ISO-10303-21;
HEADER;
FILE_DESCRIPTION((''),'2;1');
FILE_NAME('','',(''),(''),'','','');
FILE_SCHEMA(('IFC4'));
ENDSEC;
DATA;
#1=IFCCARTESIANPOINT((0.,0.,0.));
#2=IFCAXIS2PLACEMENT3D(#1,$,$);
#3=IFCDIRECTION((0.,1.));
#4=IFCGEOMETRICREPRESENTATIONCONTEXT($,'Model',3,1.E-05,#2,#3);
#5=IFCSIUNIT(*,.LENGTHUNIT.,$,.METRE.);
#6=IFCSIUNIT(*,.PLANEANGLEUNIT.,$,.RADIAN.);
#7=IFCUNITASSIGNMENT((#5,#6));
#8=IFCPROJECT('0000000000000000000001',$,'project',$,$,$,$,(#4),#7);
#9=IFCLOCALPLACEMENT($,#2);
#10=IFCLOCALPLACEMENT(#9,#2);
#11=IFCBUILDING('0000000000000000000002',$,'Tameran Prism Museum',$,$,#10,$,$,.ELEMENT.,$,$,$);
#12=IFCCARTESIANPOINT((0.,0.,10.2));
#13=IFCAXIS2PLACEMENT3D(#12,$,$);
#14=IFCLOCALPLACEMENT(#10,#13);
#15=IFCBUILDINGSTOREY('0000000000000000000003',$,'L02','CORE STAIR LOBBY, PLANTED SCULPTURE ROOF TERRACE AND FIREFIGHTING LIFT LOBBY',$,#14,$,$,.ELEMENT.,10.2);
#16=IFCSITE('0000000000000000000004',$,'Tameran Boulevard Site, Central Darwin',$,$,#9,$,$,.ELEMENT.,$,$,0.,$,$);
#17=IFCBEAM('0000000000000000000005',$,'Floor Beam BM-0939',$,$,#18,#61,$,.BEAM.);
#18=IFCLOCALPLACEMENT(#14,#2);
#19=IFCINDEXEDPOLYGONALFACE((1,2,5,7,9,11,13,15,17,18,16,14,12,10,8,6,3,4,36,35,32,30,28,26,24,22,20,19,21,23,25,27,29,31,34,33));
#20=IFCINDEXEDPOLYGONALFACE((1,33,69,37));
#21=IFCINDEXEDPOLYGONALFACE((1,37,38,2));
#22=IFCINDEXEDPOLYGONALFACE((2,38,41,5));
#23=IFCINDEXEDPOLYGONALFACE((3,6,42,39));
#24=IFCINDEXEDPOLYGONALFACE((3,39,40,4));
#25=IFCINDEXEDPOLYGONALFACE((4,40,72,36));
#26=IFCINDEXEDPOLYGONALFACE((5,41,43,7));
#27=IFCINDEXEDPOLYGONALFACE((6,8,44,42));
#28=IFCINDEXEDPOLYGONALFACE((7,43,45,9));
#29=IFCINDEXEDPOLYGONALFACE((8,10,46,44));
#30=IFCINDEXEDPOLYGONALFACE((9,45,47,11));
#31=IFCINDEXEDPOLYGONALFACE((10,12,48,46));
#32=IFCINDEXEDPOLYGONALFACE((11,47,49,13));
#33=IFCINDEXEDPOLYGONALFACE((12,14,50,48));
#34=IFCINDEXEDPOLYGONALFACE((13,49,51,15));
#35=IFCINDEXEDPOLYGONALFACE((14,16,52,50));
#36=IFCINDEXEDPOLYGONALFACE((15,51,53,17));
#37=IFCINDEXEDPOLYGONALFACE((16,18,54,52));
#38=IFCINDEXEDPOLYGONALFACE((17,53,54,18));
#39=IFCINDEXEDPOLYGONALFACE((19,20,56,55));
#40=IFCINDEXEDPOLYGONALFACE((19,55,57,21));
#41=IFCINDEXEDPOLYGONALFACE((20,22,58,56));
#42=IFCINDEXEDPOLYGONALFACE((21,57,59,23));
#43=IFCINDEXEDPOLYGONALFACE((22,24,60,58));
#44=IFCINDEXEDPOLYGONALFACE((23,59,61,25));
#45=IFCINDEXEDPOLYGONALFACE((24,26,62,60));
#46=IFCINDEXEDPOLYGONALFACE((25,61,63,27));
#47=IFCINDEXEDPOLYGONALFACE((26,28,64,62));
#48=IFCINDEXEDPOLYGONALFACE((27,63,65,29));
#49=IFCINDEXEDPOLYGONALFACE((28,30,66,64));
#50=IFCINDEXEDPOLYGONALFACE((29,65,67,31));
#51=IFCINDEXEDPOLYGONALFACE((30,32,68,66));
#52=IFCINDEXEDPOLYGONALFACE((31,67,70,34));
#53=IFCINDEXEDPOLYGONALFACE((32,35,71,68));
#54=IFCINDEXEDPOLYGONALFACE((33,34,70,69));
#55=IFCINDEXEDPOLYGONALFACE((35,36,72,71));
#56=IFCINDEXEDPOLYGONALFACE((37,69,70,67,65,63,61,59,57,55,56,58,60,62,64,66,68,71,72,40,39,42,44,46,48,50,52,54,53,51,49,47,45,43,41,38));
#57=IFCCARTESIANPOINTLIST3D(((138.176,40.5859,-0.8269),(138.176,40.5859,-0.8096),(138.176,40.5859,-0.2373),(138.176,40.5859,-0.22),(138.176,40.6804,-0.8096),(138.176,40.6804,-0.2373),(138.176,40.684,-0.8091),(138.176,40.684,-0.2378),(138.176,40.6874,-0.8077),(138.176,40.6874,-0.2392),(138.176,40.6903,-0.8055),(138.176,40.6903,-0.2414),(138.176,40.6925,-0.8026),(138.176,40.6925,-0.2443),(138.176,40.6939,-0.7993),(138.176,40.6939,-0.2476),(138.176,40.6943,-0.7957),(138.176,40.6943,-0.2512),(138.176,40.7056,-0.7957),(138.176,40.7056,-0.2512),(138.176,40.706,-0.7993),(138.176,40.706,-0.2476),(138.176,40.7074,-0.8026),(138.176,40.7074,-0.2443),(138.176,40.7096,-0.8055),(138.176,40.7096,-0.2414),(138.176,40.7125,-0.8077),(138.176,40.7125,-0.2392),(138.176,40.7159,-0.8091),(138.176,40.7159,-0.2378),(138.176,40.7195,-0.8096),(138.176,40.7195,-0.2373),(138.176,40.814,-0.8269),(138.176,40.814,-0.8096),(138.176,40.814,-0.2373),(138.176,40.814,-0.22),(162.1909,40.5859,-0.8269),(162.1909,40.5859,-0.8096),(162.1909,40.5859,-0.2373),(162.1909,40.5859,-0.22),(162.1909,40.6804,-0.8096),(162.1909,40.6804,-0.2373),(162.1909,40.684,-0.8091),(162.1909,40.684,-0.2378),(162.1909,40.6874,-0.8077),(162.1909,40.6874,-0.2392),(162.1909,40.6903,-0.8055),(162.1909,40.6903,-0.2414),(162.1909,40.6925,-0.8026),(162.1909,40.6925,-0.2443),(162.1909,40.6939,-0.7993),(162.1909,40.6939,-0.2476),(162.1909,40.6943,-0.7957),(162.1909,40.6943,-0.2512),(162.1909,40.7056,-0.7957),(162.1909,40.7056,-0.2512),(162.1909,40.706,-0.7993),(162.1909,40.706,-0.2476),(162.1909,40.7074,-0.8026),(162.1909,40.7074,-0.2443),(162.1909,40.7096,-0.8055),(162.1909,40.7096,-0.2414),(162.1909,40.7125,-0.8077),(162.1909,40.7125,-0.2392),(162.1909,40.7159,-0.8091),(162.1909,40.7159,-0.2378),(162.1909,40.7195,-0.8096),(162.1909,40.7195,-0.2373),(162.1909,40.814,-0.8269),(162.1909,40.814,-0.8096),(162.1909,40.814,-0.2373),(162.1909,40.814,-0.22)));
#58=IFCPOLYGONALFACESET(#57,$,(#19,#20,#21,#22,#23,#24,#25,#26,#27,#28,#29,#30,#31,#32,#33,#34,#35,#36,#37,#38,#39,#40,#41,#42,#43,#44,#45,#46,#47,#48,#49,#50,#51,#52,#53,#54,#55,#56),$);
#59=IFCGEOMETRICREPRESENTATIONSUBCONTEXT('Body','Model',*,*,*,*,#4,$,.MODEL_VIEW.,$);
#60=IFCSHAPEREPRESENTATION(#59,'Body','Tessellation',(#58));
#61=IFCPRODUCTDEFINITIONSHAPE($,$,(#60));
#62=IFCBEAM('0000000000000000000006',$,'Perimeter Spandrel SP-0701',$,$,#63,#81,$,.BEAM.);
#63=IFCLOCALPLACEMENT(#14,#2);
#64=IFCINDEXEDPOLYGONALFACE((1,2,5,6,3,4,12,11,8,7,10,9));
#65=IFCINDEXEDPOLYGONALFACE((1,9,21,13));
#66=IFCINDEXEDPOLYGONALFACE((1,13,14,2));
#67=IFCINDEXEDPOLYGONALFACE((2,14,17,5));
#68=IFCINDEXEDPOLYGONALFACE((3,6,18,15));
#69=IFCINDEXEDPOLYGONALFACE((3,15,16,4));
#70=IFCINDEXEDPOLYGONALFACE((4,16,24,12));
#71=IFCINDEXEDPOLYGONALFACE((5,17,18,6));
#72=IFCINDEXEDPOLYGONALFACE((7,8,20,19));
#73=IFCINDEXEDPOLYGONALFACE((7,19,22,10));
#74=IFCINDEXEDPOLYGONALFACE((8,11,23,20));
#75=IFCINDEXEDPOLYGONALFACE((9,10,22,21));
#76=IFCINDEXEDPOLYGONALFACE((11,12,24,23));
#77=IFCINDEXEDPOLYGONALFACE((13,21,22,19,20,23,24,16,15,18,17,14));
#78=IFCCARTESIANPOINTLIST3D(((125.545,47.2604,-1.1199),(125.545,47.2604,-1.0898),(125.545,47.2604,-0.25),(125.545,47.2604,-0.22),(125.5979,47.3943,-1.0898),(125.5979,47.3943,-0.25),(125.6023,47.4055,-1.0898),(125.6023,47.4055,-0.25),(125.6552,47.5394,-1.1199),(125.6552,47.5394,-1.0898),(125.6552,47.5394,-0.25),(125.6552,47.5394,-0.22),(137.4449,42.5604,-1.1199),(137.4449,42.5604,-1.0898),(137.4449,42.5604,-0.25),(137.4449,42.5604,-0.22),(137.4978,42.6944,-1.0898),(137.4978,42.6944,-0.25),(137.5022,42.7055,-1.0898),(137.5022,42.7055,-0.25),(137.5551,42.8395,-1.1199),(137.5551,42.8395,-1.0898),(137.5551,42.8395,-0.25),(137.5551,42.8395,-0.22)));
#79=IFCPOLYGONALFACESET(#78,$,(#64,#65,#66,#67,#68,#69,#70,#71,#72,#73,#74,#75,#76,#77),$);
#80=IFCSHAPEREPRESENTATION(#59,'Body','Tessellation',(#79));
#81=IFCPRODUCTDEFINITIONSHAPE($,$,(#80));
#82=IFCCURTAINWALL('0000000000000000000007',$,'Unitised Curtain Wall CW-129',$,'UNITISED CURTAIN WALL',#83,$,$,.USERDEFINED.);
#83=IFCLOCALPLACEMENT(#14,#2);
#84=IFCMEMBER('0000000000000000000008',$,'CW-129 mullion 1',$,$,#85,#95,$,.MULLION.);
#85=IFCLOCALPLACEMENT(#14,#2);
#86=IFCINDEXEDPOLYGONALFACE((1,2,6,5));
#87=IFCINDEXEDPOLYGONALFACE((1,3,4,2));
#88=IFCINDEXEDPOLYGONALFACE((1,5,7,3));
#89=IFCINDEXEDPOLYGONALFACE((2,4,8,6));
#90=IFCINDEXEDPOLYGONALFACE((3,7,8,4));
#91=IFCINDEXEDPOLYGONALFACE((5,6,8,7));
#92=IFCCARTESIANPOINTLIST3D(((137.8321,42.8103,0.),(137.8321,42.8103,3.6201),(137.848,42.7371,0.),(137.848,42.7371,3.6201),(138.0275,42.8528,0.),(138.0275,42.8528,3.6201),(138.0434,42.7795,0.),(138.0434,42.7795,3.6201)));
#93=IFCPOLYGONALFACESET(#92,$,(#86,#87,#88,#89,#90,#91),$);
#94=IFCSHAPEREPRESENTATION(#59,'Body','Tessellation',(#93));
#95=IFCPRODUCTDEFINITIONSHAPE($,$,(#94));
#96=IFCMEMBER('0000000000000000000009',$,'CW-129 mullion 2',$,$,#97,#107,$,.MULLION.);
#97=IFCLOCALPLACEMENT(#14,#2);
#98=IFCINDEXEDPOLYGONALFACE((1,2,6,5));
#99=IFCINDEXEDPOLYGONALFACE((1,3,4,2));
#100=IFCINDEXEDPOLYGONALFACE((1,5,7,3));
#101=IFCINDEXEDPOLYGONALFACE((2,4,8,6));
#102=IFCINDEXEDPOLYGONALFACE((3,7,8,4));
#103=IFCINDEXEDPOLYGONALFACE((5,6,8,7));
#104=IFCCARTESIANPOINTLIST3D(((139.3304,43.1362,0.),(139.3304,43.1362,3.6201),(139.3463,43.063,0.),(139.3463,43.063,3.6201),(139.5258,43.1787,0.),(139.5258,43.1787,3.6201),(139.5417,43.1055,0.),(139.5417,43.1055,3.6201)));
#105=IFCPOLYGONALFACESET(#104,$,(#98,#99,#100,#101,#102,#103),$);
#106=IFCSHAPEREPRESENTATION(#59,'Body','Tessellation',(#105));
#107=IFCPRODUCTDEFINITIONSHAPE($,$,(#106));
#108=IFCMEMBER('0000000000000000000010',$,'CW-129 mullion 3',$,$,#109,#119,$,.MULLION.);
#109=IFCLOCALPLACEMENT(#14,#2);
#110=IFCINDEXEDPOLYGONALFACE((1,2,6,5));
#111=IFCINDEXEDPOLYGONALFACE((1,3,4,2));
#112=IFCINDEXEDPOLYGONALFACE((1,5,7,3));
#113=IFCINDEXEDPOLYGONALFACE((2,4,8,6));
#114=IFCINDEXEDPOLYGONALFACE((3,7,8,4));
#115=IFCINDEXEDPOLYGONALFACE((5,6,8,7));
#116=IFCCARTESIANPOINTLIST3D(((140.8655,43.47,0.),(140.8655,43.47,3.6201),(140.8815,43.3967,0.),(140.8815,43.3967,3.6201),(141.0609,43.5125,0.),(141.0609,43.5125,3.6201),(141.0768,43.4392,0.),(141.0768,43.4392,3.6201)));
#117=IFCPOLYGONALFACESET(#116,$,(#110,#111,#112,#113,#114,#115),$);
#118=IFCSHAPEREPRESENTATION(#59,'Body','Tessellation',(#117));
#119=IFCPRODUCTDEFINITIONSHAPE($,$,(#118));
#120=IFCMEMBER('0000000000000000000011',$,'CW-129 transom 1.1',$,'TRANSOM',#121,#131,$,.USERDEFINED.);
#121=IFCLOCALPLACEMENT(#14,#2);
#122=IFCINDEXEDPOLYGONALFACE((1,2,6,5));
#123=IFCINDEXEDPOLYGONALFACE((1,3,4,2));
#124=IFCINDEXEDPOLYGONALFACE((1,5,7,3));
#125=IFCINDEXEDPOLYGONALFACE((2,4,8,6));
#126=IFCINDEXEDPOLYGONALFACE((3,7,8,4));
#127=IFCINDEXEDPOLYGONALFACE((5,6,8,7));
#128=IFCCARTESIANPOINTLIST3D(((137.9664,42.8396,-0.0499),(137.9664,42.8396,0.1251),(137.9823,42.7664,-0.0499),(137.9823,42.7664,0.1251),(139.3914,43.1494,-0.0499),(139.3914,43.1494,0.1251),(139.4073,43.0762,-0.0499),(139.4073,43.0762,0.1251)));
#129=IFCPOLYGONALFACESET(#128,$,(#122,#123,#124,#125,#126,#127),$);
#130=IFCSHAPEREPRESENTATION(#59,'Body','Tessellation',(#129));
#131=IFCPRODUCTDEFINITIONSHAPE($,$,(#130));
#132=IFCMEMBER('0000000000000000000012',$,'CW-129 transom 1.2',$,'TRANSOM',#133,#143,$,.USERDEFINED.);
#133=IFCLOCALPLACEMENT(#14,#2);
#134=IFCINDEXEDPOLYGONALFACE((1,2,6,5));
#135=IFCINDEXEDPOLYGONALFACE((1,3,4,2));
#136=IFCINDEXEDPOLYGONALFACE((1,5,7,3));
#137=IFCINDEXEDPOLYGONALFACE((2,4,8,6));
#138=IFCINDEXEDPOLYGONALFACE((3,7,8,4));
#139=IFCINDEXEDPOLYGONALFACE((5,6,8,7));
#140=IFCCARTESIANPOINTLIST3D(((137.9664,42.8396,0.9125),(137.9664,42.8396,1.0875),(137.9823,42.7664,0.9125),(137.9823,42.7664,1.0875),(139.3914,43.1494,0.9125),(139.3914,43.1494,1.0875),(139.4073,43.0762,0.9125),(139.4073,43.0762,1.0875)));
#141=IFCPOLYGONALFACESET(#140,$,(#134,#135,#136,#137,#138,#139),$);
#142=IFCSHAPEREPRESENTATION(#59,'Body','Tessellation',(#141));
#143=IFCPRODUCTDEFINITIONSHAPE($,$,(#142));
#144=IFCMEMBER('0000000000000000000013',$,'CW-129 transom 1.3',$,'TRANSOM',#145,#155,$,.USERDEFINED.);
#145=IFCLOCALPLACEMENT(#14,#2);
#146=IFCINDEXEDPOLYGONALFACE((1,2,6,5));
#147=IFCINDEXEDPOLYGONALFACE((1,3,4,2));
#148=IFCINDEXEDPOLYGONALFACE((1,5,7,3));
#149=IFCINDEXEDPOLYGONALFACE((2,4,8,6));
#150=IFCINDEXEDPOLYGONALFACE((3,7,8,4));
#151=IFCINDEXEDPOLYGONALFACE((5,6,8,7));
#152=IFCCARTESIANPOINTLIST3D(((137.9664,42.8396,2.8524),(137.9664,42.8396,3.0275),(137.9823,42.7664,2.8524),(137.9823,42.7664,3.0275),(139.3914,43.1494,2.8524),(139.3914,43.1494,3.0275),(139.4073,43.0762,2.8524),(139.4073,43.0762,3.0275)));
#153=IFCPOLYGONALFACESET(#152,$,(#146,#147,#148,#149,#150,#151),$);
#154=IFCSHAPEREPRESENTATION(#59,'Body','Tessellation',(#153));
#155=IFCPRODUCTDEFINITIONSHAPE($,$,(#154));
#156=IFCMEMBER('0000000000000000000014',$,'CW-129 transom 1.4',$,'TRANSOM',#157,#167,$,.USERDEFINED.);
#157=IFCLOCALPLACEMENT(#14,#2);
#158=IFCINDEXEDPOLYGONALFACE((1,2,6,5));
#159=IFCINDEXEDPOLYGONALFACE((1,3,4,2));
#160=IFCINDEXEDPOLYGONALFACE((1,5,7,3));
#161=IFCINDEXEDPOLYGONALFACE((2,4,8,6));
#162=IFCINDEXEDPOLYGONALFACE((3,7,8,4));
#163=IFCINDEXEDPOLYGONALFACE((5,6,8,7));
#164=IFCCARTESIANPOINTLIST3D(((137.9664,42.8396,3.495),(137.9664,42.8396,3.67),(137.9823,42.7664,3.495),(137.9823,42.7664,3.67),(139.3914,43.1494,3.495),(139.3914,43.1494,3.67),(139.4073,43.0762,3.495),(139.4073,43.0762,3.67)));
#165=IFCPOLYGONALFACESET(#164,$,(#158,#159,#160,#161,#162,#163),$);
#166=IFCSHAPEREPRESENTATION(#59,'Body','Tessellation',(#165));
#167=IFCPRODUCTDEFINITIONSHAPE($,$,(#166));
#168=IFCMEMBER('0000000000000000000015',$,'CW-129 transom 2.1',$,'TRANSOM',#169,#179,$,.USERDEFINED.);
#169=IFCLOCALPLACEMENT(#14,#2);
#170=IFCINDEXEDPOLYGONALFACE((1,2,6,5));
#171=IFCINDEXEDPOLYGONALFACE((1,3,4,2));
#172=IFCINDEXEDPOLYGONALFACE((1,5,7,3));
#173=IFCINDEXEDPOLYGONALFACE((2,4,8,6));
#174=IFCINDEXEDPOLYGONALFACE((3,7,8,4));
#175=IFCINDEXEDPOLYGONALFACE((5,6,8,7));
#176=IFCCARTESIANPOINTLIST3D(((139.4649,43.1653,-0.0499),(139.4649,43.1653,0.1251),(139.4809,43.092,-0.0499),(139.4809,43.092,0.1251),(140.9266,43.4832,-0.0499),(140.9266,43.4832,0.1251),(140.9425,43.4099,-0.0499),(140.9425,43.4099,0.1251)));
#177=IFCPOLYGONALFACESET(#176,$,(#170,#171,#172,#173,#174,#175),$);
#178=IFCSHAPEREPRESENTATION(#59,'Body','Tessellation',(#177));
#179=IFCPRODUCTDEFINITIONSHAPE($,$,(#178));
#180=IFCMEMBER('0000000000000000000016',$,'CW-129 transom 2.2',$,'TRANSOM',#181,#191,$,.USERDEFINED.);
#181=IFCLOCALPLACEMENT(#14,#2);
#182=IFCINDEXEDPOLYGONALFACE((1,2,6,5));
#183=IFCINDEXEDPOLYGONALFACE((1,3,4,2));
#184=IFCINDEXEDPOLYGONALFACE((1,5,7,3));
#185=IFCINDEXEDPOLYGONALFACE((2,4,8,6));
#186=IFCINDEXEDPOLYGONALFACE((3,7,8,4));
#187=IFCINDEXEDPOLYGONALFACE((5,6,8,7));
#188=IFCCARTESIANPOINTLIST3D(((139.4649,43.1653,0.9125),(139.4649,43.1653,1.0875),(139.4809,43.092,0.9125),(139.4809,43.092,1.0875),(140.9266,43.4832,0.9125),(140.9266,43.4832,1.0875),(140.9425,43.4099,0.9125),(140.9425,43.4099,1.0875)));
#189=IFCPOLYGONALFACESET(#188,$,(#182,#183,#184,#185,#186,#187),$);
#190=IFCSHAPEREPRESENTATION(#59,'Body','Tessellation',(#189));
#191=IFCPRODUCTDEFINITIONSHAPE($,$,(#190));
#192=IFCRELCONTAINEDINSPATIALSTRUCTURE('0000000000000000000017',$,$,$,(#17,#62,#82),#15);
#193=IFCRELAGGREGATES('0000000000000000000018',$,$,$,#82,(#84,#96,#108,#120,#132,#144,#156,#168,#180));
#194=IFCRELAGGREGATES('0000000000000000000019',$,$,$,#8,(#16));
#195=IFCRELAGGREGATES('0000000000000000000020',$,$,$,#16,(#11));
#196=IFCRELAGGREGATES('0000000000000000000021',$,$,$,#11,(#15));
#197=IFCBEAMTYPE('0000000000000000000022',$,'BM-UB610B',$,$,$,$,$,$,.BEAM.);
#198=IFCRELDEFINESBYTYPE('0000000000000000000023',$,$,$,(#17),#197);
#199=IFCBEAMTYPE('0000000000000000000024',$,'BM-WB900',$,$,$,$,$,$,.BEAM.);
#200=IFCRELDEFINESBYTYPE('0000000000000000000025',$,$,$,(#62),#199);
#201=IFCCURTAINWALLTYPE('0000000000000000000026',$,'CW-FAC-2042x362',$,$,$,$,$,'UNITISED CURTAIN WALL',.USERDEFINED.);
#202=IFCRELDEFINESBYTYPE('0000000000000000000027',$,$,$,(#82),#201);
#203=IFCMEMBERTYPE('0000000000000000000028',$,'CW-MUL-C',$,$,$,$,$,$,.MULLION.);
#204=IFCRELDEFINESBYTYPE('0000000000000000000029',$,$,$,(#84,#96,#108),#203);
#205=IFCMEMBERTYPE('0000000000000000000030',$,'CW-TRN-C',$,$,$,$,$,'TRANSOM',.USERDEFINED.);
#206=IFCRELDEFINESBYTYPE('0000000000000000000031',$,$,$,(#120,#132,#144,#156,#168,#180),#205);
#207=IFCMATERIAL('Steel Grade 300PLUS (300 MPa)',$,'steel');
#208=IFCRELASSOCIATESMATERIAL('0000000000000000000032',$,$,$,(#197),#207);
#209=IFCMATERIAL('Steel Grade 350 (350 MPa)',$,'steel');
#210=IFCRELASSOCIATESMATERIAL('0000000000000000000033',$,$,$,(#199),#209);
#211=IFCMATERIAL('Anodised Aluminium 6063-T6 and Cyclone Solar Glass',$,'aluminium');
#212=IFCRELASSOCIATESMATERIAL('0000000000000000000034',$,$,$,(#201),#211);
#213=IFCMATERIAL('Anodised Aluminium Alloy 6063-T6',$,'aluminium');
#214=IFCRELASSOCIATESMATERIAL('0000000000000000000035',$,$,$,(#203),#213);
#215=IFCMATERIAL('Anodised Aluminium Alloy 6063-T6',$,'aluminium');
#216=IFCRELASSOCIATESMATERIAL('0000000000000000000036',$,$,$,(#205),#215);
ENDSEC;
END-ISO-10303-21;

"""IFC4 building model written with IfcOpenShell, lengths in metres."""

from ifc_helpers import new_model, si_unit, direction, frame, origin, origin_2d, place, context, subcontext, project, spatial, rectangle, i_section, extrude, material, material_profile, profile_set, type_object, element, aggregate, save


model = new_model("IFC4")

# Units and contexts
model_context = context("Model", 3, precision=1e-05, world=origin(), true_north=direction((0.0, 1.0)))
body_context = subcontext(model_context, "Body", "Model", "MODEL_VIEW")
ifc_project = project(units=[si_unit("LENGTHUNIT", "METRE"), si_unit("PLANEANGLEUNIT", "RADIAN")], contexts=[model_context])

# Site, building, storey
site_placement = place(None, origin())
site = spatial("IfcSite", under=ifc_project, at=site_placement, Name="Tameran Boulevard Site, Central Darwin", CompositionType="ELEMENT", RefElevation=0.0)
building_placement = place(site_placement, origin())
building = spatial("IfcBuilding", under=site, at=building_placement, Name="Tameran Prism Museum", CompositionType="ELEMENT")
storey_placement = place(building_placement, frame((0.0, 0.0, 10.2)))
storey = spatial("IfcBuildingStorey", under=building, at=storey_placement, Name="L02", Description="CORE STAIR LOBBY, PLANTED SCULPTURE ROOF TERRACE AND FIREFIGHTING LIFT LOBBY", CompositionType="ELEMENT", Elevation=10.2)

# Beams
ifc_material_1 = material(Name="Steel Grade 300PLUS (300 MPa)", Category="steel")
ifc_material_profile_1 = material_profile(ifc_material_1, i_section(OverallWidth=0.228, OverallDepth=0.6069, WebThickness=0.0112, FlangeThickness=0.0173, FilletRadius=0.0139, at=origin_2d()))
ifc_profile_set_1 = profile_set([ifc_material_profile_1])
beam_type_1 = type_object("IfcBeamType", Name="BM-UB610B", PredefinedType="BEAM", material=ifc_profile_set_1)
beam_1_placement = place(storey_placement, frame((138.176, 40.7, -0.5234), z_axis=(1.0, 0.0, 0.0), x_axis=(0.0, 1.0, 0.0)))
element("IfcBeam", 1, at=beam_1_placement, inside=storey, type_object=beam_type_1, Name="Floor Beam BM-0939", PredefinedType="BEAM", context=body_context, shape_type="SweptSolid", body=[
    extrude(i_section(OverallWidth=0.228, OverallDepth=0.6069, WebThickness=0.0112, FlangeThickness=0.0173, FilletRadius=0.0139, at=origin_2d()), origin(), (0.0, 0.0, 1.0), 24.0149),
])
ifc_material_2 = material(Name="Steel Grade 350 (350 MPa)", Category="steel")
ifc_material_profile_2 = material_profile(ifc_material_2, i_section(OverallWidth=0.3, OverallDepth=0.8999, WebThickness=0.012, FlangeThickness=0.03, at=origin_2d()))
ifc_profile_set_2 = profile_set([ifc_material_profile_2])
beam_type_2 = type_object("IfcBeamType", Name="BM-WB900", PredefinedType="BEAM", material=ifc_profile_set_2)
beam_2_placement = place(storey_placement, frame((137.5, 42.7, -0.6699), z_axis=(-0.930085, 0.367344, 0.0), x_axis=(-0.367344, -0.930085, 0.0)))
element("IfcBeam", 2, at=beam_2_placement, inside=storey, type_object=beam_type_2, Name="Perimeter Spandrel SP-0701", PredefinedType="BEAM", context=body_context, shape_type="SweptSolid", body=[
    extrude(i_section(OverallWidth=0.3, OverallDepth=0.8999, WebThickness=0.012, FlangeThickness=0.03, at=origin_2d()), origin(), (0.0, 0.0, 1.0), 12.7944),
])

# Curtain wall, members
ifc_material_3 = material(Name="Anodised Aluminium 6063-T6 and Cyclone Solar Glass", Category="aluminium")
curtain_wall_type = type_object("IfcCurtainWallType", Name="CW-FAC-2042x362", ElementType="UNITISED CURTAIN WALL", PredefinedType="USERDEFINED", material=ifc_material_3)
curtain_wall_placement = place(storey_placement, origin())
curtain_wall = element("IfcCurtainWall", 3, at=curtain_wall_placement, inside=storey, type_object=curtain_wall_type, Name="Unitised Curtain Wall CW-129", ObjectType="UNITISED CURTAIN WALL", PredefinedType="USERDEFINED")
ifc_material_4 = material(Name="Anodised Aluminium Alloy 6063-T6", Category="aluminium")
ifc_material_profile_3 = material_profile(ifc_material_4, rectangle(XDim=0.075, YDim=0.2, at=origin_2d()))
ifc_profile_set_3 = profile_set([ifc_material_profile_3])
member_type_1 = type_object("IfcMemberType", Name="CW-MUL-C", PredefinedType="MULLION", material=ifc_profile_set_3)
member_1_placement = place(storey_placement, frame((137.9377, 42.7949, 0.0), z_axis=(0.0, 0.0, 1.0), x_axis=(-0.212454, 0.977171, 0.0)))
member_1 = element("IfcMember", 4, at=member_1_placement, type_object=member_type_1, Name="CW-129 mullion 1", PredefinedType="MULLION", context=body_context, shape_type="SweptSolid", body=[
    extrude(rectangle(XDim=0.075, YDim=0.2, at=origin_2d()), origin(), (0.0, 0.0, 1.0), 3.6201),
])
member_2_placement = place(storey_placement, frame((139.436, 43.1208, 0.0), z_axis=(0.0, 0.0, 1.0), x_axis=(-0.212454, 0.977171, 0.0)))
member_2 = element("IfcMember", 5, at=member_2_placement, type_object=member_type_1, Name="CW-129 mullion 2", PredefinedType="MULLION", context=body_context, shape_type="SweptSolid", body=[
    extrude(rectangle(XDim=0.075, YDim=0.2, at=origin_2d()), origin(), (0.0, 0.0, 1.0), 3.6201),
])
member_3_placement = place(storey_placement, frame((140.9712, 43.4546, 0.0), z_axis=(0.0, 0.0, 1.0), x_axis=(-0.212454, 0.977171, 0.0)))
member_3 = element("IfcMember", 6, at=member_3_placement, type_object=member_type_1, Name="CW-129 mullion 3", PredefinedType="MULLION", context=body_context, shape_type="SweptSolid", body=[
    extrude(rectangle(XDim=0.075, YDim=0.2, at=origin_2d()), origin(), (0.0, 0.0, 1.0), 3.6201),
])
ifc_material_5 = material(Name="Anodised Aluminium Alloy 6063-T6", Category="aluminium")
ifc_material_profile_4 = material_profile(ifc_material_5, rectangle(XDim=0.075, YDim=0.175, at=origin_2d()))
ifc_profile_set_4 = profile_set([ifc_material_profile_4])
member_type_2 = type_object("IfcMemberType", Name="CW-TRN-C", ElementType="TRANSOM", PredefinedType="USERDEFINED", material=ifc_profile_set_4)
member_4_placement = place(storey_placement, frame((137.9744, 42.803, 0.0376), z_axis=(0.977173, 0.212444, 0.0), x_axis=(-0.212444, 0.977173, 0.0)))
member_4 = element("IfcMember", 7, at=member_4_placement, type_object=member_type_2, Name="CW-129 transom 1.1", ObjectType="TRANSOM", PredefinedType="USERDEFINED", context=body_context, shape_type="SweptSolid", body=[
    extrude(rectangle(XDim=0.075, YDim=0.175, at=origin_2d()), origin(), (0.0, 0.0, 1.0), 1.4583),
])
member_5_placement = place(storey_placement, frame((137.9744, 42.803, 1.0), z_axis=(0.977173, 0.212444, 0.0), x_axis=(-0.212444, 0.977173, 0.0)))
member_5 = element("IfcMember", 8, at=member_5_placement, type_object=member_type_2, Name="CW-129 transom 1.2", ObjectType="TRANSOM", PredefinedType="USERDEFINED", context=body_context, shape_type="SweptSolid", body=[
    extrude(rectangle(XDim=0.075, YDim=0.175, at=origin_2d()), origin(), (0.0, 0.0, 1.0), 1.4583),
])
member_6_placement = place(storey_placement, frame((137.9744, 42.803, 2.9399), z_axis=(0.977173, 0.212444, 0.0), x_axis=(-0.212444, 0.977173, 0.0)))
member_6 = element("IfcMember", 9, at=member_6_placement, type_object=member_type_2, Name="CW-129 transom 1.3", ObjectType="TRANSOM", PredefinedType="USERDEFINED", context=body_context, shape_type="SweptSolid", body=[
    extrude(rectangle(XDim=0.075, YDim=0.175, at=origin_2d()), origin(), (0.0, 0.0, 1.0), 1.4583),
])
member_7_placement = place(storey_placement, frame((137.9744, 42.803, 3.5825), z_axis=(0.977173, 0.212444, 0.0), x_axis=(-0.212444, 0.977173, 0.0)))
member_7 = element("IfcMember", 10, at=member_7_placement, type_object=member_type_2, Name="CW-129 transom 1.4", ObjectType="TRANSOM", PredefinedType="USERDEFINED", context=body_context, shape_type="SweptSolid", body=[
    extrude(rectangle(XDim=0.075, YDim=0.175, at=origin_2d()), origin(), (0.0, 0.0, 1.0), 1.4583),
])
member_8_placement = place(storey_placement, frame((139.4729, 43.1287, 0.0376), z_axis=(0.97716, 0.212504, 0.0), x_axis=(-0.212504, 0.97716, 0.0)))
member_8 = element("IfcMember", 11, at=member_8_placement, type_object=member_type_2, Name="CW-129 transom 2.1", ObjectType="TRANSOM", PredefinedType="USERDEFINED", context=body_context, shape_type="SweptSolid", body=[
    extrude(rectangle(XDim=0.075, YDim=0.175, at=origin_2d()), origin(), (0.0, 0.0, 1.0), 1.4958),
])
member_9_placement = place(storey_placement, frame((139.4729, 43.1287, 1.0), z_axis=(0.97716, 0.212504, 0.0), x_axis=(-0.212504, 0.97716, 0.0)))
member_9 = element("IfcMember", 12, at=member_9_placement, type_object=member_type_2, Name="CW-129 transom 2.2", ObjectType="TRANSOM", PredefinedType="USERDEFINED", context=body_context, shape_type="SweptSolid", body=[
    extrude(rectangle(XDim=0.075, YDim=0.175, at=origin_2d()), origin(), (0.0, 0.0, 1.0), 1.4958),
])
aggregate(curtain_wall, [member_1, member_2, member_3, member_4, member_5, member_6, member_7, member_8, member_9])

save(model, "model.ifc")
